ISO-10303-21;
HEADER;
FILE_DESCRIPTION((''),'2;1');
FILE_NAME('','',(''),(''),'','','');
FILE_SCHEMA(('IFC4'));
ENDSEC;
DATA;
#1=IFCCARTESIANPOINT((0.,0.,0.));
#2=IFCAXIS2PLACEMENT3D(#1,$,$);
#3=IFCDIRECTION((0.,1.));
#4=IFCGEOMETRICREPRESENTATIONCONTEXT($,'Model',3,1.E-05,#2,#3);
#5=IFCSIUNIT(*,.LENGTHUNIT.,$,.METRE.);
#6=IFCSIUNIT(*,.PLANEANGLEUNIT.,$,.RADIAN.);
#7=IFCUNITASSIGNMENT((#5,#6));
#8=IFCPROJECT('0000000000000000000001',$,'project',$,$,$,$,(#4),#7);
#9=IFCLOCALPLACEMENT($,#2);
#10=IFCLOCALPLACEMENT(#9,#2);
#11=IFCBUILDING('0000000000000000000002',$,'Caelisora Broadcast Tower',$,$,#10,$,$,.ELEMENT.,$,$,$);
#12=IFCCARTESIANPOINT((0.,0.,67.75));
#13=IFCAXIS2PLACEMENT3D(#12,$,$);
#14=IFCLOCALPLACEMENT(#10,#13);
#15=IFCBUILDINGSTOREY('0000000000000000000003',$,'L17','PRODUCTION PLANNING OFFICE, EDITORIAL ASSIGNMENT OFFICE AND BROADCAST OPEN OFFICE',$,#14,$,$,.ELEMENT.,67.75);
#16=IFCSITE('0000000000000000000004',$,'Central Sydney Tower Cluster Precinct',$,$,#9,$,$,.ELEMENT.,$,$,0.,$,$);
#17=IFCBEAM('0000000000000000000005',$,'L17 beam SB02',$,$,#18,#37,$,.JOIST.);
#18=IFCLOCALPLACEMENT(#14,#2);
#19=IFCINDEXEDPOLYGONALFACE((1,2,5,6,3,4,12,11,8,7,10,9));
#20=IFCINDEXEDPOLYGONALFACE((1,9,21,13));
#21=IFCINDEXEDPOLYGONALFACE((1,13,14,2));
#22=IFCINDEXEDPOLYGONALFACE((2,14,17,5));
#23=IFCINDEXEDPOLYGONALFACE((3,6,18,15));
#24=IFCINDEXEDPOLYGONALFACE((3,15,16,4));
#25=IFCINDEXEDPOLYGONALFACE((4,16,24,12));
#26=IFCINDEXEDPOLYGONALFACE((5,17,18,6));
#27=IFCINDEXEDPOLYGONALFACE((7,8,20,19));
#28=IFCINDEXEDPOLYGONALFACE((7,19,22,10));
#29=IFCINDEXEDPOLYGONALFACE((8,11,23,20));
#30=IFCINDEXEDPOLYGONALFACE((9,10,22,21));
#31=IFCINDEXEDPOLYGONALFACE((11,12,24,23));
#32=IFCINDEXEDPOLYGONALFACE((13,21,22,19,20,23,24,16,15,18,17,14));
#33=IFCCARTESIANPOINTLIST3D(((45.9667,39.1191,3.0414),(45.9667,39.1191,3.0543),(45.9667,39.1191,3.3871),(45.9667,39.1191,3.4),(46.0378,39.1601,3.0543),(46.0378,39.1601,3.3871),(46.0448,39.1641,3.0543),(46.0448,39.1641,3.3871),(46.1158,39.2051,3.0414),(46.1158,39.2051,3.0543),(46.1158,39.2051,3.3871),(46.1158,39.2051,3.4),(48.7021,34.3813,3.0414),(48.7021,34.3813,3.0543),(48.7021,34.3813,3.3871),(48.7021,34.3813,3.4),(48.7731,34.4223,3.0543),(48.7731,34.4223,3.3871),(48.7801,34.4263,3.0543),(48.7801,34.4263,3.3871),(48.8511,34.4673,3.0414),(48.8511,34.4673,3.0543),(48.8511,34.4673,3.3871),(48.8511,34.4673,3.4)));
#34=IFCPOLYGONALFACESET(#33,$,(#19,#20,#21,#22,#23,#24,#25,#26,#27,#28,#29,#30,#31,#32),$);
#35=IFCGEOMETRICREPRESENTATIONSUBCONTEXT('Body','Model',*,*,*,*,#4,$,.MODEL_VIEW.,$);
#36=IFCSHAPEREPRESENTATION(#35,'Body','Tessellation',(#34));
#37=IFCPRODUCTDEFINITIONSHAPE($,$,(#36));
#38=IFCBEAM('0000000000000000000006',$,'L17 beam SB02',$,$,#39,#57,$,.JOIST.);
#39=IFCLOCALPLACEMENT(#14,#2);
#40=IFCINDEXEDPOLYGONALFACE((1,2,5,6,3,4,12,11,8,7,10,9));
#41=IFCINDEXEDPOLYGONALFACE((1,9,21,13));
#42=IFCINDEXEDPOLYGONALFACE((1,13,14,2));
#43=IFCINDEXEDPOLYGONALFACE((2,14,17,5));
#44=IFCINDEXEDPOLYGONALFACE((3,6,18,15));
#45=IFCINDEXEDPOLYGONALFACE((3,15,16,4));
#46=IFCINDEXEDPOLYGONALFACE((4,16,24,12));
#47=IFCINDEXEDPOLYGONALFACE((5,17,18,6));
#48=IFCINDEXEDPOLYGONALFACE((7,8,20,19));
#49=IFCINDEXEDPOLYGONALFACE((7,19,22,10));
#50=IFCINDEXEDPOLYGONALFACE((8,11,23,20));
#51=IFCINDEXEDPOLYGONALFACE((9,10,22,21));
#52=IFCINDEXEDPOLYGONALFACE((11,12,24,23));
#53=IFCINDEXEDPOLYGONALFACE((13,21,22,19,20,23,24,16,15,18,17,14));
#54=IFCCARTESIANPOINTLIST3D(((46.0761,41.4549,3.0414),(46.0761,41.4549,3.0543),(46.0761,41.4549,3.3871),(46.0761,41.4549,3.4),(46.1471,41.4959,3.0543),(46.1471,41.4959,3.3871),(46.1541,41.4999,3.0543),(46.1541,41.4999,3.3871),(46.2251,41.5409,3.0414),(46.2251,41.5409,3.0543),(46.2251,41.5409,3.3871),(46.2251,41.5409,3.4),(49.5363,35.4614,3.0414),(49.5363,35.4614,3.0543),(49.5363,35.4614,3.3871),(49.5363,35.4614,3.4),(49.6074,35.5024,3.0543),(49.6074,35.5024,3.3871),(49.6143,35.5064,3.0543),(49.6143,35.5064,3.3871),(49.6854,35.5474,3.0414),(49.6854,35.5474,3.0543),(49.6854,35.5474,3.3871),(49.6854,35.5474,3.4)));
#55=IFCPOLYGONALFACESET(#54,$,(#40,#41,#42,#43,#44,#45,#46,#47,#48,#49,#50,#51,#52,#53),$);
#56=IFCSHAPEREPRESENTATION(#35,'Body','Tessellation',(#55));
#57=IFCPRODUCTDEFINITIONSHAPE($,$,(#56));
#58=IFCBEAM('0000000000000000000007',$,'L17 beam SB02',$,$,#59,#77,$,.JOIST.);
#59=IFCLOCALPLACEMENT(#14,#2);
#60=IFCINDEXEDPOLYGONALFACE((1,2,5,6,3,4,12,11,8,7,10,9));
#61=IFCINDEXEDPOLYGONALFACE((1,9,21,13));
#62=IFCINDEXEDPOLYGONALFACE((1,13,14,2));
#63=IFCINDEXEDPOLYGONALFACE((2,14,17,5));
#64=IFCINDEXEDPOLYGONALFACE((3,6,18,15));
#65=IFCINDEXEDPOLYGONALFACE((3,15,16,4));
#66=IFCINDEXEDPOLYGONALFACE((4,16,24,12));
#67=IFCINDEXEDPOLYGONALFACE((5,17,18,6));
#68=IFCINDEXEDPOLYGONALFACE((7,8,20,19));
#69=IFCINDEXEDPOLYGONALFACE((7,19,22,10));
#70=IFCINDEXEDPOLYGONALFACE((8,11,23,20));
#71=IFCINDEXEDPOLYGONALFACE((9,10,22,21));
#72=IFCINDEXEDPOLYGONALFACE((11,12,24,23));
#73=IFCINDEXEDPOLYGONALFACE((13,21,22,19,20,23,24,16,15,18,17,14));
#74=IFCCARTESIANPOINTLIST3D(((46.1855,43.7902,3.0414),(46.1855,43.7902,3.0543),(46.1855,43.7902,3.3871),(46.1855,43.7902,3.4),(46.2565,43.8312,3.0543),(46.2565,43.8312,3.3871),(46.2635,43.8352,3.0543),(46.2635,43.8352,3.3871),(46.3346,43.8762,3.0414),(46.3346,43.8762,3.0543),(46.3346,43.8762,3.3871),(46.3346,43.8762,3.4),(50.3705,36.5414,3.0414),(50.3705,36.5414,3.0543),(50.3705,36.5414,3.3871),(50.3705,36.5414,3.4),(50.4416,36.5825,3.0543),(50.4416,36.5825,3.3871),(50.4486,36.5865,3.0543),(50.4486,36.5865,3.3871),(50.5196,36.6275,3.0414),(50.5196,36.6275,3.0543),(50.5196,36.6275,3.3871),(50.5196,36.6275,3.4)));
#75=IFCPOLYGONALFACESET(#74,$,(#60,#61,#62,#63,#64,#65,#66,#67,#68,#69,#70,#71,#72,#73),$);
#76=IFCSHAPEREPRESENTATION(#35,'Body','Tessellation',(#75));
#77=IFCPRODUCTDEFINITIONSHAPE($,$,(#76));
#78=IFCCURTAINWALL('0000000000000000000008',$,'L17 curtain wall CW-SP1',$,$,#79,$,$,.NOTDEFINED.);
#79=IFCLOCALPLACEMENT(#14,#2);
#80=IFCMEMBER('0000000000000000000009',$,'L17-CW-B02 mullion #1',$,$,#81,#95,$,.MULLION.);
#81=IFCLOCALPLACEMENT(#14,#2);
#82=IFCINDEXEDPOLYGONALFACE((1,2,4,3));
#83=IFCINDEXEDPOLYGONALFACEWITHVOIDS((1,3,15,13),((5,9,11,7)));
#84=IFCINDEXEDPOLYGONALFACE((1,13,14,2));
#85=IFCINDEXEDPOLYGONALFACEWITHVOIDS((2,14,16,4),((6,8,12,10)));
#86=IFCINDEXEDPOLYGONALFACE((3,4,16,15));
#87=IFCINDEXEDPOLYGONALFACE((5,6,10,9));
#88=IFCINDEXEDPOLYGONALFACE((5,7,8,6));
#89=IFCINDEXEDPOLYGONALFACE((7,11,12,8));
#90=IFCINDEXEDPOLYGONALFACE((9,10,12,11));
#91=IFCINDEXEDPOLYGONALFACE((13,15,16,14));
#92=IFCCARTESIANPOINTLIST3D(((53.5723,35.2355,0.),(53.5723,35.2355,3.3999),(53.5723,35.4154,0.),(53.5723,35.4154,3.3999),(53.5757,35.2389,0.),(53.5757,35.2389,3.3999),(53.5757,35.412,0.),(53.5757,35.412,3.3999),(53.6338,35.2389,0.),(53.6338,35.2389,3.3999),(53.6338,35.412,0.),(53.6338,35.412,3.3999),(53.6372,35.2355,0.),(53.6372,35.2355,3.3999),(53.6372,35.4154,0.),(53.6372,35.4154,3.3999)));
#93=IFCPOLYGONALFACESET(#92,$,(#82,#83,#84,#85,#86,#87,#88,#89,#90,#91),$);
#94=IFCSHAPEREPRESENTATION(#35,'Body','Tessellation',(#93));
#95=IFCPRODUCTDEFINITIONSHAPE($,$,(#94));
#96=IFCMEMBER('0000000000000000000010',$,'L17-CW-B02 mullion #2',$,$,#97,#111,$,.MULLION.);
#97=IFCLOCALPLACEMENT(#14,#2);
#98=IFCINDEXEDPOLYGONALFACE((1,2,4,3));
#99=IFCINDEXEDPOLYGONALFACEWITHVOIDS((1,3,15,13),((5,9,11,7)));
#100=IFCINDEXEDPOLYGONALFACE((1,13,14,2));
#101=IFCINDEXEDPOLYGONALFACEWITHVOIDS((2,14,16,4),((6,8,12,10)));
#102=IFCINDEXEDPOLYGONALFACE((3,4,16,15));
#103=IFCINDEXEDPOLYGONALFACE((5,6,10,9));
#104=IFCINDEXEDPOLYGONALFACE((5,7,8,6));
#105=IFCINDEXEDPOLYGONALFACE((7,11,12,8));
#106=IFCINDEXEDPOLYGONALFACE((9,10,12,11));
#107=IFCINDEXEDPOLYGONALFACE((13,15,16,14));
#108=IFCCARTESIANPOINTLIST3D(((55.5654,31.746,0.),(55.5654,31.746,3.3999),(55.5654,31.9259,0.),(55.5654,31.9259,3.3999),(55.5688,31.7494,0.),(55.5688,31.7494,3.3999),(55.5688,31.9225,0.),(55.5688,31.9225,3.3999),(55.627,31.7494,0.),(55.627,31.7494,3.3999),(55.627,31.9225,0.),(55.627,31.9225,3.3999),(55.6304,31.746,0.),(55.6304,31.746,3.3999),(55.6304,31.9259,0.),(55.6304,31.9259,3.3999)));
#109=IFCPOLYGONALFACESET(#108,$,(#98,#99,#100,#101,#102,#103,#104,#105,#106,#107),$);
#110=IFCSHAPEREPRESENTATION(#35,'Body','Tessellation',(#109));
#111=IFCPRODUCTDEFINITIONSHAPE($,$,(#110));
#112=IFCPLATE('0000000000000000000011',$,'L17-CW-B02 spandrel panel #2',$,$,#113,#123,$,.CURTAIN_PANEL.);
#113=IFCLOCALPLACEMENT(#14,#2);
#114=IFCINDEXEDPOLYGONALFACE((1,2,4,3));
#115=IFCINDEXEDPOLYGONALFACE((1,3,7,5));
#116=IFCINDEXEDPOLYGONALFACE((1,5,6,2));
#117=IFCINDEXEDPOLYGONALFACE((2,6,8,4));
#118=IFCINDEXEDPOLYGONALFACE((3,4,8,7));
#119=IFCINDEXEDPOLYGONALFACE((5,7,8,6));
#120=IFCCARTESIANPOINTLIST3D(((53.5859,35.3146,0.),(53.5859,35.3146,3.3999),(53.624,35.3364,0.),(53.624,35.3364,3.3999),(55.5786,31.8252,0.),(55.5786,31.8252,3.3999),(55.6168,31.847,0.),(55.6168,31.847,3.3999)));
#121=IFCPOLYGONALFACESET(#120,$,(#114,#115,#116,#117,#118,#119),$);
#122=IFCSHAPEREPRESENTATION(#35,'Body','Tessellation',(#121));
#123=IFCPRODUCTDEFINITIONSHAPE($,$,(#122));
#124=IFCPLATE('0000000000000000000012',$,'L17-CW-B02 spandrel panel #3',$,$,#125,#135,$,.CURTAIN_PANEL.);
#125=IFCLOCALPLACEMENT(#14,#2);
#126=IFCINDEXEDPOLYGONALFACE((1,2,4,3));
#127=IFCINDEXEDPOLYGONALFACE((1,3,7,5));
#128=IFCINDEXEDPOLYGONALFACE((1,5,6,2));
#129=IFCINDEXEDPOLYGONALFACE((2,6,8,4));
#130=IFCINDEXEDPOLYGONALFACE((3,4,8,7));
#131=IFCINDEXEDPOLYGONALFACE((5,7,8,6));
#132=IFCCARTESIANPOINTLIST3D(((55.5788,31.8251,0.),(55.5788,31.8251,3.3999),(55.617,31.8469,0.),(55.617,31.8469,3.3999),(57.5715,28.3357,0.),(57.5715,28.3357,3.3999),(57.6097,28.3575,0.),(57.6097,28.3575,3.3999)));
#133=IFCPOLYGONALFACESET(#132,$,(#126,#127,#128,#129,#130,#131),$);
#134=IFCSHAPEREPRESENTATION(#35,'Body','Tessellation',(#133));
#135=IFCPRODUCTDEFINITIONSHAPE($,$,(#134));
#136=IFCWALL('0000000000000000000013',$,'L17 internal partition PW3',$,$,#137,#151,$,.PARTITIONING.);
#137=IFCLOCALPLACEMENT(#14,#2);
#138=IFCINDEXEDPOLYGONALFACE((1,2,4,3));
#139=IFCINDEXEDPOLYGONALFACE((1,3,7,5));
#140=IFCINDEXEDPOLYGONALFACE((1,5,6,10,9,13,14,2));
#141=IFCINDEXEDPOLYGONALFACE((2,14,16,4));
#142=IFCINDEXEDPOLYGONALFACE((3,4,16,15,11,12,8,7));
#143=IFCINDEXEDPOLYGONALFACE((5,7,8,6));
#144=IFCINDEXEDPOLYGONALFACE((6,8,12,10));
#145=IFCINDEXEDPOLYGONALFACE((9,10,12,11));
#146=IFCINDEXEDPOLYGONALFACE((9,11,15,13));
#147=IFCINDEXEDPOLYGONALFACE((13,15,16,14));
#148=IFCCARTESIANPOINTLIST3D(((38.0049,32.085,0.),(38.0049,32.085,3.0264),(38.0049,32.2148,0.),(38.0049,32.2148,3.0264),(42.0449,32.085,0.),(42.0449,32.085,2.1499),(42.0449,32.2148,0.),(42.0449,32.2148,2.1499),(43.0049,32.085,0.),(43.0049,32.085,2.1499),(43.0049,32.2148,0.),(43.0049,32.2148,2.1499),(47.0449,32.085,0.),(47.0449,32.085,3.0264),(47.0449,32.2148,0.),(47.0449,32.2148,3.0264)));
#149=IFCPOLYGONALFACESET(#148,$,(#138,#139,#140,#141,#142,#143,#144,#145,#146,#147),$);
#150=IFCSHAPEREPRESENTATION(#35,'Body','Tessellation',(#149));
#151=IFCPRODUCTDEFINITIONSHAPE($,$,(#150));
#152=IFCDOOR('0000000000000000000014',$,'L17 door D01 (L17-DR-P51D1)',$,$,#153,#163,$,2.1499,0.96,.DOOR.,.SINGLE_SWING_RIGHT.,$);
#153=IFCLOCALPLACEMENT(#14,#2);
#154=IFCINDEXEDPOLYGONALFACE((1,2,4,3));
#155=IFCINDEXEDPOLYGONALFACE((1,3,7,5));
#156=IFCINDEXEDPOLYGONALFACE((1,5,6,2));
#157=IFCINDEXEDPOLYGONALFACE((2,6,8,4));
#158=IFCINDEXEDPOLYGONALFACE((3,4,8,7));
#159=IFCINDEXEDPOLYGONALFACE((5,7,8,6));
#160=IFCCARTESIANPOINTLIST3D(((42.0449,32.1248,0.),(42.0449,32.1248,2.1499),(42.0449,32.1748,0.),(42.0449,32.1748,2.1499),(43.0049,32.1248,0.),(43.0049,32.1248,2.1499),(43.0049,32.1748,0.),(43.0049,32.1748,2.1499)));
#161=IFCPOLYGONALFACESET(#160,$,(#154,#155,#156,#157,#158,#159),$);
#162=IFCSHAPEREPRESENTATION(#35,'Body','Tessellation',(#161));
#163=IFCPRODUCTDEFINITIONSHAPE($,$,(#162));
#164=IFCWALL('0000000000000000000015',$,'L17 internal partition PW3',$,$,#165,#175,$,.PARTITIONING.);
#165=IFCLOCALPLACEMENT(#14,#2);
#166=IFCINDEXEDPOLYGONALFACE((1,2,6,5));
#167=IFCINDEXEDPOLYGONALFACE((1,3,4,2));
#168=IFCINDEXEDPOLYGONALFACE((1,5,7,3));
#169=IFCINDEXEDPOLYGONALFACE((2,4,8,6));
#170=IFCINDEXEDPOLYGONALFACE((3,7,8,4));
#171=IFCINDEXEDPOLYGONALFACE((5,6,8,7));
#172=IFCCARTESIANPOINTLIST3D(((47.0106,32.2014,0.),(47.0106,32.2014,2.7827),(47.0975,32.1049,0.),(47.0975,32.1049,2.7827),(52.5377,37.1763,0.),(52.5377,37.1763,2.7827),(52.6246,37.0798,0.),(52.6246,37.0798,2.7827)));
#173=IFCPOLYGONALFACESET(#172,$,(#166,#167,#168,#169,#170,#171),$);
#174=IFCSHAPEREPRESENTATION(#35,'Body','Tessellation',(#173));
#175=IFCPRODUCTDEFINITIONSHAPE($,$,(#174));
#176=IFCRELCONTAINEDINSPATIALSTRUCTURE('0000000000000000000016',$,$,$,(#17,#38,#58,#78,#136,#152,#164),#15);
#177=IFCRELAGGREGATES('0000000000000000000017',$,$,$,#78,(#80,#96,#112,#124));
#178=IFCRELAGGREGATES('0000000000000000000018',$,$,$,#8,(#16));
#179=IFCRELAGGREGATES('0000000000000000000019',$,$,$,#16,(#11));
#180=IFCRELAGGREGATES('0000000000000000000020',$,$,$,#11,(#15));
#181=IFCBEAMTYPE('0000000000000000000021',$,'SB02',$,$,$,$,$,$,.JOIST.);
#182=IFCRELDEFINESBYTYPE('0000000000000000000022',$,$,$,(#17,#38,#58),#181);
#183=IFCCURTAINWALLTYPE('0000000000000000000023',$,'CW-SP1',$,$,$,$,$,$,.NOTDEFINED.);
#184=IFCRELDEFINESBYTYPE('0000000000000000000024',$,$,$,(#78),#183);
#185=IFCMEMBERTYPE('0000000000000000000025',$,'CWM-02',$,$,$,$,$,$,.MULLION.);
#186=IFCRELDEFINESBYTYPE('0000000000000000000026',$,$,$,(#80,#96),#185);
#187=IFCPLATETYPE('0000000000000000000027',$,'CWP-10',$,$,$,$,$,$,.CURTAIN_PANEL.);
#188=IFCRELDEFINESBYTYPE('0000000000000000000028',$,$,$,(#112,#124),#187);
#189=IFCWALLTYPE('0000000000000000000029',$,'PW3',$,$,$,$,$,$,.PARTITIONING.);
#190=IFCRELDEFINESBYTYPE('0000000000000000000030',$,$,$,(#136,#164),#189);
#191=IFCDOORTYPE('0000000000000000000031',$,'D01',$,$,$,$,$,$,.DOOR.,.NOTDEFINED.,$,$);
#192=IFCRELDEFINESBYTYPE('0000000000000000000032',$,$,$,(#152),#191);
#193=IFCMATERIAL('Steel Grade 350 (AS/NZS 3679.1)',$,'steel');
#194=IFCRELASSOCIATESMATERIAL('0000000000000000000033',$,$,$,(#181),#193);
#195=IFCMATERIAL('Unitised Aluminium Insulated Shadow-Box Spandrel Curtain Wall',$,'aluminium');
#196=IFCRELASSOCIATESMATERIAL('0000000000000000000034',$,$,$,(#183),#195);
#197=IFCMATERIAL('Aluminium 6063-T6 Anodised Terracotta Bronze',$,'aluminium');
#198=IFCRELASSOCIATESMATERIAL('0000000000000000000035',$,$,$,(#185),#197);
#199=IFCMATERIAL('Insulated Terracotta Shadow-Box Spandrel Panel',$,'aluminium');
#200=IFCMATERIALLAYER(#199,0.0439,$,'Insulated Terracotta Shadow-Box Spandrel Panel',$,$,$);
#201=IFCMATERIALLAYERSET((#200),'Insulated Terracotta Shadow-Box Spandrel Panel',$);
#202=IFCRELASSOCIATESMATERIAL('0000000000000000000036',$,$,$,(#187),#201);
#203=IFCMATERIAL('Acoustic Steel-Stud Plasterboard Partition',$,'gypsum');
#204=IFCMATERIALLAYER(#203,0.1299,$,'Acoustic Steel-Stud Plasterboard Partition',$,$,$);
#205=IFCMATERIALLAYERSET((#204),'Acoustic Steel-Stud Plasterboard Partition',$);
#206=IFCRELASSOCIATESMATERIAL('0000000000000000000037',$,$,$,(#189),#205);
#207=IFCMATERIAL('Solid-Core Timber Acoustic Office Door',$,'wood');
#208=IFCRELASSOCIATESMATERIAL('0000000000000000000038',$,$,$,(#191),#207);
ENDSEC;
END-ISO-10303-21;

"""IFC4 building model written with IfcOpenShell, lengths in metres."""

from ifc_helpers import new_model, si_unit, direction, frame, frame_2d, origin, origin_2d, place, context, subcontext, project, spatial, rectangle, hollow_rectangle, i_section, extrude, source, transform, mapped, material, layer, layer_set, material_profile, profile_set, type_object, type_shapes, element, fill, aggregate, save


model = new_model("IFC4")

# Units and contexts
model_context = context("Model", 3, precision=1e-05, world=origin(), true_north=direction((0.0, 1.0)))
body_context = subcontext(model_context, "Body", "Model", "MODEL_VIEW")
ifc_project = project(units=[si_unit("LENGTHUNIT", "METRE"), si_unit("PLANEANGLEUNIT", "RADIAN")], contexts=[model_context])

# Site, building, storey
site_placement = place(None, origin())
site = spatial("IfcSite", under=ifc_project, at=site_placement, Name="Central Sydney Tower Cluster Precinct", CompositionType="ELEMENT", RefElevation=0.0)
building_placement = place(site_placement, origin())
building = spatial("IfcBuilding", under=site, at=building_placement, Name="Caelisora Broadcast Tower", CompositionType="ELEMENT")
storey_placement = place(building_placement, frame((0.0, 0.0, 67.75)))
storey = spatial("IfcBuildingStorey", under=building, at=storey_placement, Name="L17", Description="PRODUCTION PLANNING OFFICE, EDITORIAL ASSIGNMENT OFFICE AND BROADCAST OPEN OFFICE", CompositionType="ELEMENT", Elevation=67.75)

# Beams
ifc_material_1 = material(Name="Steel Grade 350 (AS/NZS 3679.1)", Category="steel")
ifc_material_profile_1 = material_profile(ifc_material_1, i_section(OverallWidth=0.1721, OverallDepth=0.3586, WebThickness=0.0081, FlangeThickness=0.0129, at=origin_2d()), Name="Steel Grade 350 (AS/NZS 3679.1)")
ifc_profile_set_1 = profile_set([ifc_material_profile_1], Name="Steel Grade 350 (AS/NZS 3679.1)")
beam_type_1 = type_object("IfcBeamType", Name="SB02", PredefinedType="JOIST", material=ifc_profile_set_1)
shared_shape_1 = source(origin(), body_context, "Body", "SweptSolid", [
    extrude(i_section(OverallWidth=0.1721, OverallDepth=0.3586, WebThickness=0.0081, FlangeThickness=0.0129, at=origin_2d()), origin(), (0.0, 0.0, 1.0), 5.4707),
])
beam_1_placement = place(storey_placement, frame((48.7766, 34.4243, 3.2207), z_axis=(-0.499998, 0.866027, 0.0), x_axis=(-0.866027, -0.499998, 0.0)))
element("IfcBeam", 1, at=beam_1_placement, inside=storey, type_object=beam_type_1, Name="L17 beam SB02", PredefinedType="JOIST", context=body_context, shape_type="MappedRepresentation", body=[
    mapped(shared_shape_1, transform((0.0, 0.0, 0.0), scale=1.0)),
])
shared_shape_2 = source(origin(), body_context, "Body", "SweptSolid", [
    extrude(i_section(OverallWidth=0.1721, OverallDepth=0.3586, WebThickness=0.0081, FlangeThickness=0.0129, at=origin_2d()), origin(), (0.0, 0.0, 1.0), 6.9207),
])
beam_2_placement = place(storey_placement, frame((49.6108, 35.5044, 3.2207), z_axis=(-0.49999, 0.866031, 0.0), x_axis=(-0.866031, -0.49999, 0.0)))
element("IfcBeam", 2, at=beam_2_placement, inside=storey, type_object=beam_type_1, Name="L17 beam SB02", PredefinedType="JOIST", context=body_context, shape_type="MappedRepresentation", body=[
    mapped(shared_shape_2, transform((0.0, 0.0, 0.0), scale=1.0)),
])
shared_shape_3 = source(origin(), body_context, "Body", "SweptSolid", [
    extrude(i_section(OverallWidth=0.1721, OverallDepth=0.3586, WebThickness=0.0081, FlangeThickness=0.0129, at=origin_2d()), origin(), (0.0, 0.0, 1.0), 8.3701),
])
beam_3_placement = place(storey_placement, frame((50.4451, 36.5845, 3.2207), z_axis=(-0.499998, 0.866027, 0.0), x_axis=(-0.866027, -0.499998, 0.0)))
element("IfcBeam", 3, at=beam_3_placement, inside=storey, type_object=beam_type_1, Name="L17 beam SB02", PredefinedType="JOIST", context=body_context, shape_type="MappedRepresentation", body=[
    mapped(shared_shape_3, transform((0.0, 0.0, 0.0), scale=1.0)),
])

# Curtain wall, members, plates
ifc_material_2 = material(Name="Unitised Aluminium Insulated Shadow-Box Spandrel Curtain Wall", Category="aluminium")
curtain_wall_type = type_object("IfcCurtainWallType", Name="CW-SP1", PredefinedType="NOTDEFINED", material=ifc_material_2)
curtain_wall_placement = place(storey_placement, origin())
curtain_wall = element("IfcCurtainWall", 4, at=curtain_wall_placement, inside=storey, type_object=curtain_wall_type, Name="L17 curtain wall CW-SP1", PredefinedType="NOTDEFINED")
ifc_material_3 = material(Name="Aluminium 6063-T6 Anodised Terracotta Bronze", Category="aluminium")
ifc_material_profile_2 = material_profile(ifc_material_3, hollow_rectangle(XDim=0.0649, YDim=0.1799, WallThickness=0.0034, at=origin_2d()), Name="Aluminium 6063-T6 Anodised Terracotta Bronze")
ifc_profile_set_2 = profile_set([ifc_material_profile_2], Name="Aluminium 6063-T6 Anodised Terracotta Bronze")
member_type = type_object("IfcMemberType", Name="CWM-02", PredefinedType="MULLION", material=ifc_profile_set_2)
shared_shape_4 = source(origin(), body_context, "Body", "SweptSolid", [
    extrude(hollow_rectangle(XDim=0.0649, YDim=0.1799, WallThickness=0.0034, at=origin_2d()), origin(), (0.0, 0.0, 1.0), 3.3999),
])
type_shapes(member_type, [shared_shape_4])
member_1_placement = place(storey_placement, frame((53.6047, 35.3254, 0.0), z_axis=(0.0, 0.0, 1.0), x_axis=(1.0, 0.0, 0.0)))
member_1 = element("IfcMember", 5, at=member_1_placement, type_object=member_type, Name="L17-CW-B02 mullion #1", PredefinedType="MULLION", context=body_context, shape_type="MappedRepresentation", body=[
    mapped(shared_shape_4, transform((0.0, 0.0, 0.0), scale=1.0)),
])
member_2_placement = place(storey_placement, frame((55.5979, 31.8359, 0.0), z_axis=(0.0, 0.0, 1.0), x_axis=(1.0, 0.0, 0.0)))
member_2 = element("IfcMember", 6, at=member_2_placement, type_object=member_type, Name="L17-CW-B02 mullion #2", PredefinedType="MULLION", context=body_context, shape_type="MappedRepresentation", body=[
    mapped(shared_shape_4, transform((0.0, 0.0, 0.0), scale=1.0)),
])
ifc_material_4 = material(Name="Insulated Terracotta Shadow-Box Spandrel Panel", Category="aluminium")
ifc_layer_1 = layer(ifc_material_4, 0.0439, Name="Insulated Terracotta Shadow-Box Spandrel Panel")
ifc_layer_set_1 = layer_set([ifc_layer_1], Name="Insulated Terracotta Shadow-Box Spandrel Panel")
plate_type = type_object("IfcPlateType", Name="CWP-10", PredefinedType="CURTAIN_PANEL", material=ifc_layer_set_1)
shared_shape_5 = source(origin(), body_context, "Body", "SweptSolid", [
    extrude(rectangle(XDim=4.0183, YDim=0.0439, at=origin_2d()), origin(), (0.0, 0.0, 1.0), 3.3999),
])
type_shapes(plate_type, [shared_shape_5])
plate_1_placement = place(storey_placement, frame((54.6013, 33.5808, 0.0), z_axis=(0.0, 0.0, 1.0), x_axis=(0.495913, -0.868372, 0.0)))
plate_1 = element("IfcPlate", 7, at=plate_1_placement, type_object=plate_type, Name="L17-CW-B02 spandrel panel #2", PredefinedType="CURTAIN_PANEL", context=body_context, shape_type="MappedRepresentation", body=[
    mapped(shared_shape_5, transform((0.0, 0.0, 0.0), scale=1.0)),
])
plate_2_placement = place(storey_placement, frame((56.5942, 30.0913, 0.0), z_axis=(0.0, 0.0, 1.0), x_axis=(0.495913, -0.868372, 0.0)))
plate_2 = element("IfcPlate", 8, at=plate_2_placement, type_object=plate_type, Name="L17-CW-B02 spandrel panel #3", PredefinedType="CURTAIN_PANEL", context=body_context, shape_type="MappedRepresentation", body=[
    mapped(shared_shape_5, transform((0.0, 0.0, 0.0), scale=1.0)),
])
aggregate(curtain_wall, [member_1, member_2, plate_1, plate_2])

# Wall, opening, door
ifc_material_5 = material(Name="Acoustic Steel-Stud Plasterboard Partition", Category="gypsum")
ifc_layer_2 = layer(ifc_material_5, 0.1299, Name="Acoustic Steel-Stud Plasterboard Partition")
ifc_layer_set_2 = layer_set([ifc_layer_2], Name="Acoustic Steel-Stud Plasterboard Partition")
wall_type_1 = type_object("IfcWallType", Name="PW3", PredefinedType="PARTITIONING", material=ifc_layer_set_2)
wall_1_placement = place(storey_placement, frame((38.0049, 32.1499, 0.0), z_axis=(0.0, 0.0, 1.0), x_axis=(1.0, 0.0, 0.0)))
wall_1 = element("IfcWall", 9, at=wall_1_placement, inside=storey, type_object=wall_type_1, Name="L17 internal partition PW3", PredefinedType="PARTITIONING", context=body_context, shape_type="SweptSolid", body=[
    extrude(rectangle(XDim=9.04, YDim=0.1299, at=frame_2d((4.52, 0.0))), origin(), (0.0, 0.0, 1.0), 3.0264),
])
opening_1_placement = place(wall_1_placement, frame((4.04, 0.0, 0.0)))
opening_1 = element("IfcOpeningElement", 10, at=opening_1_placement, cuts=wall_1, PredefinedType="OPENING", context=body_context, shape_type="SweptSolid", body=[
    extrude(rectangle(XDim=0.96, YDim=2.1499, at=frame_2d((0.48, 1.075))), frame((0.0, 0.0769, 0.0), z_axis=(0.0, -1.0, 0.0), x_axis=(1.0, 0.0, 0.0)), (0.0, 0.0, 1.0), 0.1538),
])
ifc_material_6 = material(Name="Solid-Core Timber Acoustic Office Door", Category="wood")
door_type_1 = type_object("IfcDoorType", Name="D01", OperationType="NOTDEFINED", PredefinedType="DOOR", material=ifc_material_6)
door_1_placement = place(opening_1_placement, origin())
door_1 = element("IfcDoor", 11, at=door_1_placement, inside=storey, type_object=door_type_1, Name="L17 door D01 (L17-DR-P51D1)", OperationType="SINGLE_SWING_RIGHT", OverallHeight=2.1499, OverallWidth=0.96, PredefinedType="DOOR", context=body_context, shape_type="SweptSolid", body=[
    extrude(rectangle(XDim=0.96, YDim=2.1499, at=frame_2d((0.48, 1.075))), frame((0.0, 0.0249, 0.0), z_axis=(0.0, -1.0, 0.0), x_axis=(1.0, 0.0, 0.0)), (0.0, 0.0, 1.0), 0.05),
])
fill(opening_1, door_1)

# Wall
wall_2_placement = place(storey_placement, frame((47.054, 32.1531, 0.0), z_axis=(0.0, 0.0, 1.0), x_axis=(0.743263, 0.668999, 0.0)))
element("IfcWall", 12, at=wall_2_placement, inside=storey, type_object=wall_type_1, Name="L17 internal partition PW3", PredefinedType="PARTITIONING", context=body_context, shape_type="SweptSolid", body=[
    extrude(rectangle(XDim=7.4363, YDim=0.1299, at=frame_2d((3.7183, 0.0))), origin(), (0.0, 0.0, 1.0), 2.7827),
])

save(model, "model.ifc")
